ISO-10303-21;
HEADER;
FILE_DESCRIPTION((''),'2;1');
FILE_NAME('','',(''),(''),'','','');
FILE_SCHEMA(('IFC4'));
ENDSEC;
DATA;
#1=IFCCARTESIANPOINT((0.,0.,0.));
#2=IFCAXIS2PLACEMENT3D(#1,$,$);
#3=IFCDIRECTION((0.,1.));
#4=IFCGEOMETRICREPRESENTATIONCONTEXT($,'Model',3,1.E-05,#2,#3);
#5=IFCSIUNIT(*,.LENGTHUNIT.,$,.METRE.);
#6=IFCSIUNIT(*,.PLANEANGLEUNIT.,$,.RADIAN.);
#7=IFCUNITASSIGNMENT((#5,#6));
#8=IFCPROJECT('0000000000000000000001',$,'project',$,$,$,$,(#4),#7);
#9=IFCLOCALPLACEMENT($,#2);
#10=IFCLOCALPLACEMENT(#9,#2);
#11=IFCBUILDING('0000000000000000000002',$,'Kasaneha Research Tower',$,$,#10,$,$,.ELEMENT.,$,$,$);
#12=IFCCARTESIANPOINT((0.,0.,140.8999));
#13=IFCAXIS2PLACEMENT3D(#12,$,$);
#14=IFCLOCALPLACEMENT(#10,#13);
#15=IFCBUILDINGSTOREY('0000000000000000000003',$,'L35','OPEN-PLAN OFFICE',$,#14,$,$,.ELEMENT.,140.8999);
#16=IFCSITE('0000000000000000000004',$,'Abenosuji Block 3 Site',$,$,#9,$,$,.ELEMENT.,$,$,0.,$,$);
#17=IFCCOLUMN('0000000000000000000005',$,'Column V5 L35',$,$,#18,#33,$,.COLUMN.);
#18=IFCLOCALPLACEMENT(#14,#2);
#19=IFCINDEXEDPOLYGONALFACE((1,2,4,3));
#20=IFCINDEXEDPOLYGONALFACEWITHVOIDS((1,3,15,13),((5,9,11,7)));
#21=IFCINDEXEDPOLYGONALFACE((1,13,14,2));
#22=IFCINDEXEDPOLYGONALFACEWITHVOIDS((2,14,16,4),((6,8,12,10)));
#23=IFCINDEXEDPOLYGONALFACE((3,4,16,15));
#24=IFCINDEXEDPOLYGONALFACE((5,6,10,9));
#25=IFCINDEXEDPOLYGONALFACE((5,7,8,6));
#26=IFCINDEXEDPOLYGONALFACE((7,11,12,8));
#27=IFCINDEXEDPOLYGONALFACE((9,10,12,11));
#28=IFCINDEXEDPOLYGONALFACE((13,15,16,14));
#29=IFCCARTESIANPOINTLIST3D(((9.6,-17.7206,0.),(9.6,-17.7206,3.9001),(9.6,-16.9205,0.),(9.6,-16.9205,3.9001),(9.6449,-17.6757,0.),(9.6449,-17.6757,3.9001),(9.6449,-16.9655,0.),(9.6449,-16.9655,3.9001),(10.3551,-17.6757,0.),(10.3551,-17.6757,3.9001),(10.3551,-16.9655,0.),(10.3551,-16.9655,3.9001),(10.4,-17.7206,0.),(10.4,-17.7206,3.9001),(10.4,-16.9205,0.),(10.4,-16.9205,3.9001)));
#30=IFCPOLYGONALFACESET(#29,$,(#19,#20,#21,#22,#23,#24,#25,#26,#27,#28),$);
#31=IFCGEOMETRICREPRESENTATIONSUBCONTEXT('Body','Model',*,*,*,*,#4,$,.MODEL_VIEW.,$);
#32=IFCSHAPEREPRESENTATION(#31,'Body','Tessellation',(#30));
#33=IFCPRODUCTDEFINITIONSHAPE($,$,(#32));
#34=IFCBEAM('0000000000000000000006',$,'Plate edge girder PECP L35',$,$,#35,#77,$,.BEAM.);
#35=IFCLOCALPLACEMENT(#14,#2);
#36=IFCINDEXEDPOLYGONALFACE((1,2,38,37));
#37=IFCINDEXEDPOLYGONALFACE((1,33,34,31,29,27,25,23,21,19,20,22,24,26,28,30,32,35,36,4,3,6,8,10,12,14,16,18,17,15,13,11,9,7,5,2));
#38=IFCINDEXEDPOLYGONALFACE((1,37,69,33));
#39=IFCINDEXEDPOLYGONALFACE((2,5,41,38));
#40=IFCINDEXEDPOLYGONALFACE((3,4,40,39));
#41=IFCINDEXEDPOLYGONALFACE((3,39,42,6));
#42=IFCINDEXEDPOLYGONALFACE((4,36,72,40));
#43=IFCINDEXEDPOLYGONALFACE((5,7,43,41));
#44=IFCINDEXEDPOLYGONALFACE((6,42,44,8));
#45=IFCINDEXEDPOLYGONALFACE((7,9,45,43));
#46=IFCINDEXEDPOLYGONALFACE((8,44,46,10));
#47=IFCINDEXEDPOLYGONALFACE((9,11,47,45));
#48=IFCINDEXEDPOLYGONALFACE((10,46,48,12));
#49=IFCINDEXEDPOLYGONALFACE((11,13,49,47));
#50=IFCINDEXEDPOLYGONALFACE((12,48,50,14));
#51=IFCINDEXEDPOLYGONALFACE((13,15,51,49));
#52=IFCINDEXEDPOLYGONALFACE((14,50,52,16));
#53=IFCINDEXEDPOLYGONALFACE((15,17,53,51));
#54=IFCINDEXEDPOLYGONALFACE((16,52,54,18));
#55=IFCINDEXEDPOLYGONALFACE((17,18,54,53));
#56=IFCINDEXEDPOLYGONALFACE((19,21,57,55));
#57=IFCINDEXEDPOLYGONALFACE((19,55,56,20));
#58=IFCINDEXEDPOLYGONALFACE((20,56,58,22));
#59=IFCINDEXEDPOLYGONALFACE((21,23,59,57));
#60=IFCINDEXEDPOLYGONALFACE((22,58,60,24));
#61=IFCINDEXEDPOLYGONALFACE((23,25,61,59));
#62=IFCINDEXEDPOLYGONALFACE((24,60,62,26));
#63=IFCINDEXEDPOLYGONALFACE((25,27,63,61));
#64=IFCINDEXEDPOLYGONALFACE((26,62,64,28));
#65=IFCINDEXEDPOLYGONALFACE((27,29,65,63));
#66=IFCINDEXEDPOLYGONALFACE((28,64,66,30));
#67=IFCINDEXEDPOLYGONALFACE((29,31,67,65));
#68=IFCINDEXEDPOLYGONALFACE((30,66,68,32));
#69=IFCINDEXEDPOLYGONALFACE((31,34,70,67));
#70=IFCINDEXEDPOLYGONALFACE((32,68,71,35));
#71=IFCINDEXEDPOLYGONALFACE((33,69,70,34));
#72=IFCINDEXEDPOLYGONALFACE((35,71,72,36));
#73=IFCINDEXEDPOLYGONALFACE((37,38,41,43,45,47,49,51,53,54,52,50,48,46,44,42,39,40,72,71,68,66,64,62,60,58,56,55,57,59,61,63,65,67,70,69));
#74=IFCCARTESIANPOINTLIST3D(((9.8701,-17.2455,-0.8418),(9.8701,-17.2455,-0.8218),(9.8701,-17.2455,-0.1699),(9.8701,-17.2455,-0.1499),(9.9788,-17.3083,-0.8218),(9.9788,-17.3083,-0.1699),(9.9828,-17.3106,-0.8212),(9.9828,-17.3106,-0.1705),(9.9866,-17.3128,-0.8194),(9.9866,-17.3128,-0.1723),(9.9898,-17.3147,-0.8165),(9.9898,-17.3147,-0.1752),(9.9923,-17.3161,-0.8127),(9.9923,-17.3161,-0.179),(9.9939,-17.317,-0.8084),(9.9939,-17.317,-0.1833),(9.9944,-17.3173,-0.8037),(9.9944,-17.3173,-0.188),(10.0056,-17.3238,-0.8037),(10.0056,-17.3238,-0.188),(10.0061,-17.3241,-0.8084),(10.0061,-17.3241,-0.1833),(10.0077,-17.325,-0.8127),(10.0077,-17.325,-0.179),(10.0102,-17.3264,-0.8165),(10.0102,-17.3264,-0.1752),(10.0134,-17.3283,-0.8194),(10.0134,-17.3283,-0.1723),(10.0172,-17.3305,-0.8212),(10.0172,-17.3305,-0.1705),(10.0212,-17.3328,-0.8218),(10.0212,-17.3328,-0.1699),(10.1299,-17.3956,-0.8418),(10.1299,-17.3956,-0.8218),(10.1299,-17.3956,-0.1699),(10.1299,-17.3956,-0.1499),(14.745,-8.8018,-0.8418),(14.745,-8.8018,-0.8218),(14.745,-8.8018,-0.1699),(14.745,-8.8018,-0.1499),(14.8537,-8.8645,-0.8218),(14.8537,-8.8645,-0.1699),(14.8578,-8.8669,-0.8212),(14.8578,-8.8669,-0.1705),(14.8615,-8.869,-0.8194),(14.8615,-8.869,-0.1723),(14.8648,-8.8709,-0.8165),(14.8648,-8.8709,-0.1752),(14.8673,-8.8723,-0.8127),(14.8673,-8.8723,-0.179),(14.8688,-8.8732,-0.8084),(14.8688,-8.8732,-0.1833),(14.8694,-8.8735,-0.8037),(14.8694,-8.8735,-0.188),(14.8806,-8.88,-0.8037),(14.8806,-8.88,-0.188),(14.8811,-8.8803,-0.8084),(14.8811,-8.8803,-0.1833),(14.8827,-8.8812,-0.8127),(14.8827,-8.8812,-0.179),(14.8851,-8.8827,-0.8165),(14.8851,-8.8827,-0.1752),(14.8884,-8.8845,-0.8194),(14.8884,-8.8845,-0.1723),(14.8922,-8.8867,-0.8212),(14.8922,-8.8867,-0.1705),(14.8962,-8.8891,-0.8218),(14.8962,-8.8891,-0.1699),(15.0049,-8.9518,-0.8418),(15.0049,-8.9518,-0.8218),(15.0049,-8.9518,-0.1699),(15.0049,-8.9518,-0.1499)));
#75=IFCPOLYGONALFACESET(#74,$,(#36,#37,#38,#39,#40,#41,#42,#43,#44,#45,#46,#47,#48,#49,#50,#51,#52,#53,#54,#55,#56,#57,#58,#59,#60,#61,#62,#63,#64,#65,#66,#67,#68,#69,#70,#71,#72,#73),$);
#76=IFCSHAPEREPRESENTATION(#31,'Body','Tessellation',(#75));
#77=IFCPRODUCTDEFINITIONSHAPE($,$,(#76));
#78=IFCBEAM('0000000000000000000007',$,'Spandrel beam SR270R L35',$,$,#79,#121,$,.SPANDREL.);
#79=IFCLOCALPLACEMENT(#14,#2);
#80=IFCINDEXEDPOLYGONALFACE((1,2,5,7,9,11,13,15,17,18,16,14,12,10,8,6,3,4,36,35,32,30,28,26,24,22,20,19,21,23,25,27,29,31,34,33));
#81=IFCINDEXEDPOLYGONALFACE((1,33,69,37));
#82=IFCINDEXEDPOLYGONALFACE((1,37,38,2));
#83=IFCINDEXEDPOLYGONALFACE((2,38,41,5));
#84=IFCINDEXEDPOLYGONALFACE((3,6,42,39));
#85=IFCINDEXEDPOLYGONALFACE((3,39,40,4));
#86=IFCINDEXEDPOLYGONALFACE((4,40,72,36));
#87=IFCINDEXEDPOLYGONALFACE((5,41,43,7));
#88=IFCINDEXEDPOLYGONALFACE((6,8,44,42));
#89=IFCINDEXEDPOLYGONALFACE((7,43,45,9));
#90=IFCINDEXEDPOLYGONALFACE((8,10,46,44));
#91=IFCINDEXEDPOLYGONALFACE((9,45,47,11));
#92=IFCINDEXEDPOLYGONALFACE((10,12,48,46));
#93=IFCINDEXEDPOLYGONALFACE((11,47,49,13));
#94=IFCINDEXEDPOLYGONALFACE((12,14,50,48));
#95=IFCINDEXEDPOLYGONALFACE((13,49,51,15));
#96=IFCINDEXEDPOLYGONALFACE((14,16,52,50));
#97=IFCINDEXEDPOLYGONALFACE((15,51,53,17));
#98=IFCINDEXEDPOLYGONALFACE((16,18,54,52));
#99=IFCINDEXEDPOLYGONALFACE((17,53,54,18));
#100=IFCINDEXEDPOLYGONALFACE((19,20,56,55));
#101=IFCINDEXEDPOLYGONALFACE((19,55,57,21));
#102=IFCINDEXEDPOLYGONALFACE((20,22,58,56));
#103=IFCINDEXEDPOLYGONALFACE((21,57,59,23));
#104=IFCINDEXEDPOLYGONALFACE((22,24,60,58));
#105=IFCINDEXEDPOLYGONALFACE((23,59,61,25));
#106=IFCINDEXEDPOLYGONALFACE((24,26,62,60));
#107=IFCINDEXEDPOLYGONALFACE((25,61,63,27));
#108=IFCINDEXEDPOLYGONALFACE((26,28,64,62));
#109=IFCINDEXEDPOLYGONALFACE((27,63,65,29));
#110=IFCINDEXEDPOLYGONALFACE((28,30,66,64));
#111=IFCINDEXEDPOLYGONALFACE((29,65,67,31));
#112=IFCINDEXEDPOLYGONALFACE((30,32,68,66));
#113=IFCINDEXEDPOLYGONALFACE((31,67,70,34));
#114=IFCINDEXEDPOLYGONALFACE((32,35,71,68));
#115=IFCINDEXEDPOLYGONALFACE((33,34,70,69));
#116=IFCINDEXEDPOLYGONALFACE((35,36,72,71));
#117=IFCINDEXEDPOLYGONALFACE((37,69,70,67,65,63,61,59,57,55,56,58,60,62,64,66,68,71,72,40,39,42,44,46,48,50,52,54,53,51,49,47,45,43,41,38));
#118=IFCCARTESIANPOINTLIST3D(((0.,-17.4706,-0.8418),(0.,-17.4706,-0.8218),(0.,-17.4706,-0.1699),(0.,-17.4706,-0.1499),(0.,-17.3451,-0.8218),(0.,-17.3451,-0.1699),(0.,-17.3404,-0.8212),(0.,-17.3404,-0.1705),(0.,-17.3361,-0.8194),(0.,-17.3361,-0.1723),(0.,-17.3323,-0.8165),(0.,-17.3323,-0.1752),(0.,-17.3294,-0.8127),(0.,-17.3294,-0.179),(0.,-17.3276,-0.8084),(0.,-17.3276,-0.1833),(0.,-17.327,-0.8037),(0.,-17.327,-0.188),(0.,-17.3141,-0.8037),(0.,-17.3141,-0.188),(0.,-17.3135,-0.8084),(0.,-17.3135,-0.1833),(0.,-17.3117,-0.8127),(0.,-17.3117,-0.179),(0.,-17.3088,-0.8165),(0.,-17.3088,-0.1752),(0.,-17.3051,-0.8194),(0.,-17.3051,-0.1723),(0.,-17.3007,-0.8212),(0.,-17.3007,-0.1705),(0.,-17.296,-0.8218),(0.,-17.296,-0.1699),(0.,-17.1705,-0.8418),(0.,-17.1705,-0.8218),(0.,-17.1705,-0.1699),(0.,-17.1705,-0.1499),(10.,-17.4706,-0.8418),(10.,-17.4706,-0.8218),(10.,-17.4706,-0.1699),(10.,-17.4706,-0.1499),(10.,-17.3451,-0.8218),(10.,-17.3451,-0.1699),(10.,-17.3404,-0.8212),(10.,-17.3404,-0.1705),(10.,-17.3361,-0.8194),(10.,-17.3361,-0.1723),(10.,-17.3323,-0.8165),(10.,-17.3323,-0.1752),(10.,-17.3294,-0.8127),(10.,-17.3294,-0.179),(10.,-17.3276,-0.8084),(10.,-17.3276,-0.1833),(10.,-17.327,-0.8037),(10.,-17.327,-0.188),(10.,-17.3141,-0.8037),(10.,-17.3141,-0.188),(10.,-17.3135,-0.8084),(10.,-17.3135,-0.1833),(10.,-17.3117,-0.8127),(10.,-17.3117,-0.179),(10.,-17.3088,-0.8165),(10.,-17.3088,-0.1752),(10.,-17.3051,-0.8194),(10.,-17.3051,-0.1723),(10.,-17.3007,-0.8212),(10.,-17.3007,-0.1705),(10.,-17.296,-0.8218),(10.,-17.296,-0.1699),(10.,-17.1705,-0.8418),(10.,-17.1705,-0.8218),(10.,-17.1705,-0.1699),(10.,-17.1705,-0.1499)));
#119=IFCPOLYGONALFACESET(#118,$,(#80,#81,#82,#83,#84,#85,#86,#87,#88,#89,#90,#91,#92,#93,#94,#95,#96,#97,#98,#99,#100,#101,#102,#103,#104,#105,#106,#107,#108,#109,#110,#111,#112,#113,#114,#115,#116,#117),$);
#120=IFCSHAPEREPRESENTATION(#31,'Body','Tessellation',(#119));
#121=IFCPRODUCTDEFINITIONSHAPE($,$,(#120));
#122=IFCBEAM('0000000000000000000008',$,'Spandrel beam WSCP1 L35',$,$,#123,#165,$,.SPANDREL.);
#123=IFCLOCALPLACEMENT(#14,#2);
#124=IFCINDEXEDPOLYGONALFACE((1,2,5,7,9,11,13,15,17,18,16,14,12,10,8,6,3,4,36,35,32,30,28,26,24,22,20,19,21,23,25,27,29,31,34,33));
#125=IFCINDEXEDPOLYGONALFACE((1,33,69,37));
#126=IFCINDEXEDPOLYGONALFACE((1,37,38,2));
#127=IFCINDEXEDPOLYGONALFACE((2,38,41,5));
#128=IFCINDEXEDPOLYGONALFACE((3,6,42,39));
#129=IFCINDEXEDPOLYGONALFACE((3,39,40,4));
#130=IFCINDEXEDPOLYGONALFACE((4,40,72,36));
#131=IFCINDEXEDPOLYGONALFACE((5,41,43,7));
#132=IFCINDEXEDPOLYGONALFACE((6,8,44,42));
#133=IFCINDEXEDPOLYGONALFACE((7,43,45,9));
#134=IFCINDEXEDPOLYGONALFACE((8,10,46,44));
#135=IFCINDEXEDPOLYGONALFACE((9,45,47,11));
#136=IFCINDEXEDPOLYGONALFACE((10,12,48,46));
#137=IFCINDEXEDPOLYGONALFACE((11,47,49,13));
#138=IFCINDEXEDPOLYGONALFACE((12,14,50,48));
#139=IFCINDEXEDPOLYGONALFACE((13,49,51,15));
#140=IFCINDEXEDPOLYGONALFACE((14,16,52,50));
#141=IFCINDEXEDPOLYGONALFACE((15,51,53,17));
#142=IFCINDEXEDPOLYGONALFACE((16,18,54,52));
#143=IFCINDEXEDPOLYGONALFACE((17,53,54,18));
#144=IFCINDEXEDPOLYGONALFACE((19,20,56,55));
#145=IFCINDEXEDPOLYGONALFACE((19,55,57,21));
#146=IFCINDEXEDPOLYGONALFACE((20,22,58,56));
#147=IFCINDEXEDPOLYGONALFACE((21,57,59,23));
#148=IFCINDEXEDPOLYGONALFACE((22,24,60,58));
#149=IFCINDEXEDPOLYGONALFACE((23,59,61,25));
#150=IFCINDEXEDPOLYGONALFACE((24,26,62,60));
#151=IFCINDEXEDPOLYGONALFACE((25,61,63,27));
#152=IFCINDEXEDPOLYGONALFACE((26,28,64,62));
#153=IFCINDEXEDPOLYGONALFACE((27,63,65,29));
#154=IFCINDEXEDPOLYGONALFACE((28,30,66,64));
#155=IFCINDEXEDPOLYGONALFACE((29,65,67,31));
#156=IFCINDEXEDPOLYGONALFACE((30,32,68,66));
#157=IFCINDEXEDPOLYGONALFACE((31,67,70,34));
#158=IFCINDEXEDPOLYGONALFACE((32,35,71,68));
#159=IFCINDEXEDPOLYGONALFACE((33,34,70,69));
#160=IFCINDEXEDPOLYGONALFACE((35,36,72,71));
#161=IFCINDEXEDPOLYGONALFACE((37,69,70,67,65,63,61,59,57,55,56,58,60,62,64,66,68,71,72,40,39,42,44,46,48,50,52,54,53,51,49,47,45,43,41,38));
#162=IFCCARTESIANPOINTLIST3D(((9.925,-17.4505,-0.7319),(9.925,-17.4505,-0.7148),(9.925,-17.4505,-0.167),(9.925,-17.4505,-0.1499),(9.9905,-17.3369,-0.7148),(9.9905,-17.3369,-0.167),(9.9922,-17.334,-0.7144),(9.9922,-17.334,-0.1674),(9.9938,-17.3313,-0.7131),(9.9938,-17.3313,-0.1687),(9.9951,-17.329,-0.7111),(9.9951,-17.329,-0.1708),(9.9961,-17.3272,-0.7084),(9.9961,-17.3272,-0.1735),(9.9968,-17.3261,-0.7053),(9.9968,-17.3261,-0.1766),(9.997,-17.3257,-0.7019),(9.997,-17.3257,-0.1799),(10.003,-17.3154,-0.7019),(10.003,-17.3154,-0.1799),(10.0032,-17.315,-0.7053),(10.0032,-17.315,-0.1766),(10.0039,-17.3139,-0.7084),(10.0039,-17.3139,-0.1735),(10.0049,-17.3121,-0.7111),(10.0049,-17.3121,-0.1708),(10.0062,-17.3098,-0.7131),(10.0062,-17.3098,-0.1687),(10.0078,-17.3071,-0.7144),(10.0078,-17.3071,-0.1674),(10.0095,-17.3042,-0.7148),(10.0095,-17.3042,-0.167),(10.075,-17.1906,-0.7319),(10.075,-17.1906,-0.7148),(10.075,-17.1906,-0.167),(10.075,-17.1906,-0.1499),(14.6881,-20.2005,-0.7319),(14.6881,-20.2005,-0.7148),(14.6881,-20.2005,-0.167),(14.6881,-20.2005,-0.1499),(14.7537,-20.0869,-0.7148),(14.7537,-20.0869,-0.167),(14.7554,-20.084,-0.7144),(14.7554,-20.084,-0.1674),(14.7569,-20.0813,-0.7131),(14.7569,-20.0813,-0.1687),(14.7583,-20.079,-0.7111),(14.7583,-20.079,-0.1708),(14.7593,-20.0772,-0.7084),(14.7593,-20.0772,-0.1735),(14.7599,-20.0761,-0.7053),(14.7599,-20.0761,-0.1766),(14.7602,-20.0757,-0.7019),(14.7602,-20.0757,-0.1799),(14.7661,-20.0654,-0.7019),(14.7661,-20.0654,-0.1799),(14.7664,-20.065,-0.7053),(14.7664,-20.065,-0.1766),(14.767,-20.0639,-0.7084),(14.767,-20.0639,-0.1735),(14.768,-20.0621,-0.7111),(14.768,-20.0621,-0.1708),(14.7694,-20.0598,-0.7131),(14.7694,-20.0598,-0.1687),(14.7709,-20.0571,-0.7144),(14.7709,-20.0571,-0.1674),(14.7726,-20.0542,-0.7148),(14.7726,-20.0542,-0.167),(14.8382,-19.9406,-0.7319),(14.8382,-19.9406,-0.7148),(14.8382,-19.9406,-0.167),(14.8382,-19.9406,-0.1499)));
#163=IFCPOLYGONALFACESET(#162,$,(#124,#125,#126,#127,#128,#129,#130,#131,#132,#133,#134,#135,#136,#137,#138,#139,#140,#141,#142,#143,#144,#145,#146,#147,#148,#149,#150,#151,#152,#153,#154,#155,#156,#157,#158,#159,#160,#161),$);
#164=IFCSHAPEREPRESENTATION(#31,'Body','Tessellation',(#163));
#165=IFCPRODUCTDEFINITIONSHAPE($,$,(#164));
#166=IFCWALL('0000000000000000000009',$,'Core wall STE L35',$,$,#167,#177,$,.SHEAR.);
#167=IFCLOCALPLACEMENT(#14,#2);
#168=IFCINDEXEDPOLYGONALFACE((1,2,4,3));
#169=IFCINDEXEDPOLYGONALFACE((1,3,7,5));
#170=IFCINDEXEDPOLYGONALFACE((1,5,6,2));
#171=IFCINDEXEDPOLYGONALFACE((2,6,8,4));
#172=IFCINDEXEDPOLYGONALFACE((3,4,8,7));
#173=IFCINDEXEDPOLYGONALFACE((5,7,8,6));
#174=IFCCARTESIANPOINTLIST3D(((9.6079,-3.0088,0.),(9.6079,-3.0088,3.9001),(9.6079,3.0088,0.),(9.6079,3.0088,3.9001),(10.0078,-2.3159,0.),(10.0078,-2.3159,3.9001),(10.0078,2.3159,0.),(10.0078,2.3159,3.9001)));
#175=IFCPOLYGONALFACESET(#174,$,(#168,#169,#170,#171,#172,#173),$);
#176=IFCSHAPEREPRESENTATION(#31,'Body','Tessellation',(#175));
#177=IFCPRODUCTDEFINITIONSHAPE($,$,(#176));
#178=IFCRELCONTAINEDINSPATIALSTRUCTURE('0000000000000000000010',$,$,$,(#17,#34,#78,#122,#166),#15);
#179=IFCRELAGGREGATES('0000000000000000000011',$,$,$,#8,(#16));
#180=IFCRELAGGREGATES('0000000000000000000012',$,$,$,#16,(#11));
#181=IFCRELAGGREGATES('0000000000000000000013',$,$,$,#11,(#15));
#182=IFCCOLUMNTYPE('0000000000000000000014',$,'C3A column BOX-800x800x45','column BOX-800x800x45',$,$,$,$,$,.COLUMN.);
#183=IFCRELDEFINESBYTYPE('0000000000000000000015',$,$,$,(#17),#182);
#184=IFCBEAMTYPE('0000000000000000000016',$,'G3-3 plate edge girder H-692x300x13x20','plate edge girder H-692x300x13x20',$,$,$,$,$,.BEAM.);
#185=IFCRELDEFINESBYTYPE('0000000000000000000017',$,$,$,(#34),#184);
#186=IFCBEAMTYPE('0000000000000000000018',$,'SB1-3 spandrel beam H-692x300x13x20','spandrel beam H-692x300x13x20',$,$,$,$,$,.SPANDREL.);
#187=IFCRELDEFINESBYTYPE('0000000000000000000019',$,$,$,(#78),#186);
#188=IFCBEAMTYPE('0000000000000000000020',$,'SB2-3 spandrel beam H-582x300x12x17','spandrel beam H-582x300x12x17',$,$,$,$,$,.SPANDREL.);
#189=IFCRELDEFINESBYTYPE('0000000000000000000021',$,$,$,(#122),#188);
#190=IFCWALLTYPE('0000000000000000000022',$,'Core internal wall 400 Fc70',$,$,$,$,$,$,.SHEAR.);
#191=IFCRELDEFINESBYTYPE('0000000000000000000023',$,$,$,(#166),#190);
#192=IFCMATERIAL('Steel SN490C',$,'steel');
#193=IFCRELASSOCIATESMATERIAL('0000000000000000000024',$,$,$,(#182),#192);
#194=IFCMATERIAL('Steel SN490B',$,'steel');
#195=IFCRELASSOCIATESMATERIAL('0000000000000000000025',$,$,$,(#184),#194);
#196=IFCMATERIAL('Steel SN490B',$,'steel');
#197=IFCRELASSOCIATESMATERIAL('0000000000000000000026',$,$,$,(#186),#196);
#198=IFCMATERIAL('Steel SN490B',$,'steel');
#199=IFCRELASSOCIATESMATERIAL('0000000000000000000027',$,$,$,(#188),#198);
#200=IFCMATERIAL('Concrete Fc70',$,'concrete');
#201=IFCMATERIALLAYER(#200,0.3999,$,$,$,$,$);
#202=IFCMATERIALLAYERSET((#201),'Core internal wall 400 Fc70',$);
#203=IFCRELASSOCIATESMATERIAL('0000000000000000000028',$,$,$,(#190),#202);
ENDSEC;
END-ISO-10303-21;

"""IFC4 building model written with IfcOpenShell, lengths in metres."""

from ifc_helpers import new_model, si_unit, direction, frame, origin, origin_2d, place, context, subcontext, project, spatial, polyline, hollow_rectangle, i_section, outline, extrude, material, layer, layer_set, material_profile, profile_set, type_object, element, save


model = new_model("IFC4")

# Units and contexts
model_context = context("Model", 3, precision=1e-05, world=origin(), true_north=direction((0.0, 1.0)))
body_context = subcontext(model_context, "Body", "Model", "MODEL_VIEW")
ifc_project = project(units=[si_unit("LENGTHUNIT", "METRE"), si_unit("PLANEANGLEUNIT", "RADIAN")], contexts=[model_context])

# Site, building, storey
site_placement = place(None, origin())
site = spatial("IfcSite", under=ifc_project, at=site_placement, Name="Abenosuji Block 3 Site", CompositionType="ELEMENT", RefElevation=0.0)
building_placement = place(site_placement, origin())
building = spatial("IfcBuilding", under=site, at=building_placement, Name="Kasaneha Research Tower", CompositionType="ELEMENT")
storey_placement = place(building_placement, frame((0.0, 0.0, 140.8999)))
storey = spatial("IfcBuildingStorey", under=building, at=storey_placement, Name="L35", Description="OPEN-PLAN OFFICE", CompositionType="ELEMENT", Elevation=140.8999)

# Column
ifc_material_1 = material(Name="Steel SN490C", Category="steel")
ifc_material_profile_1 = material_profile(ifc_material_1, hollow_rectangle(XDim=0.8, YDim=0.8, WallThickness=0.0449, at=origin_2d()), Name="BOX-800x800x45")
ifc_profile_set_1 = profile_set([ifc_material_profile_1], Name="Steel SN490C")
column_type = type_object("IfcColumnType", Name="C3A column BOX-800x800x45", Description="column BOX-800x800x45", PredefinedType="COLUMN", material=ifc_profile_set_1)
column_placement = place(storey_placement, frame((10.0, -17.3206, 0.0), z_axis=(0.0, 0.0, 1.0), x_axis=(1.0, 0.0, 0.0)))
element("IfcColumn", 1, at=column_placement, inside=storey, type_object=column_type, Name="Column V5 L35", PredefinedType="COLUMN", context=body_context, shape_type="SweptSolid", body=[
    extrude(hollow_rectangle(XDim=0.8, YDim=0.8, WallThickness=0.0449, at=origin_2d()), origin(), (0.0, 0.0, 1.0), 3.9001),
])

# Beams
ifc_material_2 = material(Name="Steel SN490B", Category="steel")
ifc_material_profile_2 = material_profile(ifc_material_2, i_section(OverallWidth=0.3, OverallDepth=0.6919, WebThickness=0.0129, FlangeThickness=0.02, FilletRadius=0.0181, at=origin_2d()), Name="H-692x300x13x20")
ifc_profile_set_2 = profile_set([ifc_material_profile_2], Name="Steel SN490B")
beam_type_1 = type_object("IfcBeamType", Name="G3-3 plate edge girder H-692x300x13x20", Description="plate edge girder H-692x300x13x20", PredefinedType="BEAM", material=ifc_profile_set_2)
beam_1_placement = place(storey_placement, frame((10.0, -17.3206, -0.4958), z_axis=(0.499996, 0.866028, 0.0), x_axis=(-0.866028, 0.499996, 0.0)))
element("IfcBeam", 2, at=beam_1_placement, inside=storey, type_object=beam_type_1, Name="Plate edge girder PECP L35", PredefinedType="BEAM", context=body_context, shape_type="SweptSolid", body=[
    extrude(i_section(OverallWidth=0.3, OverallDepth=0.6919, WebThickness=0.0129, FlangeThickness=0.02, FilletRadius=0.0181, at=origin_2d()), origin(), (0.0, 0.0, 1.0), 9.75),
])
ifc_material_3 = material(Name="Steel SN490B", Category="steel")
ifc_material_profile_3 = material_profile(ifc_material_3, i_section(OverallWidth=0.3, OverallDepth=0.6919, WebThickness=0.0129, FlangeThickness=0.02, FilletRadius=0.0181, at=origin_2d()), Name="H-692x300x13x20")
ifc_profile_set_3 = profile_set([ifc_material_profile_3], Name="Steel SN490B")
beam_type_2 = type_object("IfcBeamType", Name="SB1-3 spandrel beam H-692x300x13x20", Description="spandrel beam H-692x300x13x20", PredefinedType="SPANDREL", material=ifc_profile_set_3)
beam_2_placement = place(storey_placement, frame((10.0, -17.3206, -0.4958), z_axis=(-1.0, 0.0, 0.0), x_axis=(0.0, -1.0, 0.0)))
element("IfcBeam", 3, at=beam_2_placement, inside=storey, type_object=beam_type_2, Name="Spandrel beam SR270R L35", PredefinedType="SPANDREL", context=body_context, shape_type="SweptSolid", body=[
    extrude(i_section(OverallWidth=0.3, OverallDepth=0.6919, WebThickness=0.0129, FlangeThickness=0.02, FilletRadius=0.0181, at=origin_2d()), origin(), (0.0, 0.0, 1.0), 10.0),
])
ifc_material_4 = material(Name="Steel SN490B", Category="steel")
ifc_material_profile_4 = material_profile(ifc_material_4, i_section(OverallWidth=0.3, OverallDepth=0.582, WebThickness=0.012, FlangeThickness=0.0171, FilletRadius=0.0129, at=origin_2d()), Name="H-582x300x12x17")
ifc_profile_set_4 = profile_set([ifc_material_profile_4], Name="Steel SN490B")
beam_type_3 = type_object("IfcBeamType", Name="SB2-3 spandrel beam H-582x300x12x17", Description="spandrel beam H-582x300x12x17", PredefinedType="SPANDREL", material=ifc_profile_set_4)
beam_3_placement = place(storey_placement, frame((10.0, -17.3206, -0.4409), z_axis=(0.866027, -0.499997, 0.0), x_axis=(0.499997, 0.866027, 0.0)))
element("IfcBeam", 4, at=beam_3_placement, inside=storey, type_object=beam_type_3, Name="Spandrel beam WSCP1 L35", PredefinedType="SPANDREL", context=body_context, shape_type="SweptSolid", body=[
    extrude(i_section(OverallWidth=0.3, OverallDepth=0.582, WebThickness=0.012, FlangeThickness=0.0171, FilletRadius=0.0129, at=origin_2d()), origin(), (0.0, 0.0, 1.0), 5.5),
])

# Wall
ifc_material_5 = material(Name="Concrete Fc70", Category="concrete")
ifc_layer_1 = layer(ifc_material_5, 0.3999)
ifc_layer_set_1 = layer_set([ifc_layer_1], Name="Core internal wall 400 Fc70")
wall_type_1 = type_object("IfcWallType", Name="Core internal wall 400 Fc70", PredefinedType="SHEAR", material=ifc_layer_set_1)
wall_1_placement = place(storey_placement, frame((9.8079, -2.6624, 0.0), z_axis=(0.0, 0.0, 1.0), x_axis=(0.0, 1.0, 0.0)))
element("IfcWall", 5, at=wall_1_placement, inside=storey, type_object=wall_type_1, Name="Core wall STE L35", PredefinedType="SHEAR", context=body_context, shape_type="SweptSolid", body=[
    extrude(outline(polyline([(0.3464, -0.2), (4.9783, -0.2), (5.6711, 0.2), (-0.3464, 0.2), (0.3464, -0.2)])), origin(), (0.0, 0.0, 1.0), 3.9001),
])

save(model, "model.ifc")
